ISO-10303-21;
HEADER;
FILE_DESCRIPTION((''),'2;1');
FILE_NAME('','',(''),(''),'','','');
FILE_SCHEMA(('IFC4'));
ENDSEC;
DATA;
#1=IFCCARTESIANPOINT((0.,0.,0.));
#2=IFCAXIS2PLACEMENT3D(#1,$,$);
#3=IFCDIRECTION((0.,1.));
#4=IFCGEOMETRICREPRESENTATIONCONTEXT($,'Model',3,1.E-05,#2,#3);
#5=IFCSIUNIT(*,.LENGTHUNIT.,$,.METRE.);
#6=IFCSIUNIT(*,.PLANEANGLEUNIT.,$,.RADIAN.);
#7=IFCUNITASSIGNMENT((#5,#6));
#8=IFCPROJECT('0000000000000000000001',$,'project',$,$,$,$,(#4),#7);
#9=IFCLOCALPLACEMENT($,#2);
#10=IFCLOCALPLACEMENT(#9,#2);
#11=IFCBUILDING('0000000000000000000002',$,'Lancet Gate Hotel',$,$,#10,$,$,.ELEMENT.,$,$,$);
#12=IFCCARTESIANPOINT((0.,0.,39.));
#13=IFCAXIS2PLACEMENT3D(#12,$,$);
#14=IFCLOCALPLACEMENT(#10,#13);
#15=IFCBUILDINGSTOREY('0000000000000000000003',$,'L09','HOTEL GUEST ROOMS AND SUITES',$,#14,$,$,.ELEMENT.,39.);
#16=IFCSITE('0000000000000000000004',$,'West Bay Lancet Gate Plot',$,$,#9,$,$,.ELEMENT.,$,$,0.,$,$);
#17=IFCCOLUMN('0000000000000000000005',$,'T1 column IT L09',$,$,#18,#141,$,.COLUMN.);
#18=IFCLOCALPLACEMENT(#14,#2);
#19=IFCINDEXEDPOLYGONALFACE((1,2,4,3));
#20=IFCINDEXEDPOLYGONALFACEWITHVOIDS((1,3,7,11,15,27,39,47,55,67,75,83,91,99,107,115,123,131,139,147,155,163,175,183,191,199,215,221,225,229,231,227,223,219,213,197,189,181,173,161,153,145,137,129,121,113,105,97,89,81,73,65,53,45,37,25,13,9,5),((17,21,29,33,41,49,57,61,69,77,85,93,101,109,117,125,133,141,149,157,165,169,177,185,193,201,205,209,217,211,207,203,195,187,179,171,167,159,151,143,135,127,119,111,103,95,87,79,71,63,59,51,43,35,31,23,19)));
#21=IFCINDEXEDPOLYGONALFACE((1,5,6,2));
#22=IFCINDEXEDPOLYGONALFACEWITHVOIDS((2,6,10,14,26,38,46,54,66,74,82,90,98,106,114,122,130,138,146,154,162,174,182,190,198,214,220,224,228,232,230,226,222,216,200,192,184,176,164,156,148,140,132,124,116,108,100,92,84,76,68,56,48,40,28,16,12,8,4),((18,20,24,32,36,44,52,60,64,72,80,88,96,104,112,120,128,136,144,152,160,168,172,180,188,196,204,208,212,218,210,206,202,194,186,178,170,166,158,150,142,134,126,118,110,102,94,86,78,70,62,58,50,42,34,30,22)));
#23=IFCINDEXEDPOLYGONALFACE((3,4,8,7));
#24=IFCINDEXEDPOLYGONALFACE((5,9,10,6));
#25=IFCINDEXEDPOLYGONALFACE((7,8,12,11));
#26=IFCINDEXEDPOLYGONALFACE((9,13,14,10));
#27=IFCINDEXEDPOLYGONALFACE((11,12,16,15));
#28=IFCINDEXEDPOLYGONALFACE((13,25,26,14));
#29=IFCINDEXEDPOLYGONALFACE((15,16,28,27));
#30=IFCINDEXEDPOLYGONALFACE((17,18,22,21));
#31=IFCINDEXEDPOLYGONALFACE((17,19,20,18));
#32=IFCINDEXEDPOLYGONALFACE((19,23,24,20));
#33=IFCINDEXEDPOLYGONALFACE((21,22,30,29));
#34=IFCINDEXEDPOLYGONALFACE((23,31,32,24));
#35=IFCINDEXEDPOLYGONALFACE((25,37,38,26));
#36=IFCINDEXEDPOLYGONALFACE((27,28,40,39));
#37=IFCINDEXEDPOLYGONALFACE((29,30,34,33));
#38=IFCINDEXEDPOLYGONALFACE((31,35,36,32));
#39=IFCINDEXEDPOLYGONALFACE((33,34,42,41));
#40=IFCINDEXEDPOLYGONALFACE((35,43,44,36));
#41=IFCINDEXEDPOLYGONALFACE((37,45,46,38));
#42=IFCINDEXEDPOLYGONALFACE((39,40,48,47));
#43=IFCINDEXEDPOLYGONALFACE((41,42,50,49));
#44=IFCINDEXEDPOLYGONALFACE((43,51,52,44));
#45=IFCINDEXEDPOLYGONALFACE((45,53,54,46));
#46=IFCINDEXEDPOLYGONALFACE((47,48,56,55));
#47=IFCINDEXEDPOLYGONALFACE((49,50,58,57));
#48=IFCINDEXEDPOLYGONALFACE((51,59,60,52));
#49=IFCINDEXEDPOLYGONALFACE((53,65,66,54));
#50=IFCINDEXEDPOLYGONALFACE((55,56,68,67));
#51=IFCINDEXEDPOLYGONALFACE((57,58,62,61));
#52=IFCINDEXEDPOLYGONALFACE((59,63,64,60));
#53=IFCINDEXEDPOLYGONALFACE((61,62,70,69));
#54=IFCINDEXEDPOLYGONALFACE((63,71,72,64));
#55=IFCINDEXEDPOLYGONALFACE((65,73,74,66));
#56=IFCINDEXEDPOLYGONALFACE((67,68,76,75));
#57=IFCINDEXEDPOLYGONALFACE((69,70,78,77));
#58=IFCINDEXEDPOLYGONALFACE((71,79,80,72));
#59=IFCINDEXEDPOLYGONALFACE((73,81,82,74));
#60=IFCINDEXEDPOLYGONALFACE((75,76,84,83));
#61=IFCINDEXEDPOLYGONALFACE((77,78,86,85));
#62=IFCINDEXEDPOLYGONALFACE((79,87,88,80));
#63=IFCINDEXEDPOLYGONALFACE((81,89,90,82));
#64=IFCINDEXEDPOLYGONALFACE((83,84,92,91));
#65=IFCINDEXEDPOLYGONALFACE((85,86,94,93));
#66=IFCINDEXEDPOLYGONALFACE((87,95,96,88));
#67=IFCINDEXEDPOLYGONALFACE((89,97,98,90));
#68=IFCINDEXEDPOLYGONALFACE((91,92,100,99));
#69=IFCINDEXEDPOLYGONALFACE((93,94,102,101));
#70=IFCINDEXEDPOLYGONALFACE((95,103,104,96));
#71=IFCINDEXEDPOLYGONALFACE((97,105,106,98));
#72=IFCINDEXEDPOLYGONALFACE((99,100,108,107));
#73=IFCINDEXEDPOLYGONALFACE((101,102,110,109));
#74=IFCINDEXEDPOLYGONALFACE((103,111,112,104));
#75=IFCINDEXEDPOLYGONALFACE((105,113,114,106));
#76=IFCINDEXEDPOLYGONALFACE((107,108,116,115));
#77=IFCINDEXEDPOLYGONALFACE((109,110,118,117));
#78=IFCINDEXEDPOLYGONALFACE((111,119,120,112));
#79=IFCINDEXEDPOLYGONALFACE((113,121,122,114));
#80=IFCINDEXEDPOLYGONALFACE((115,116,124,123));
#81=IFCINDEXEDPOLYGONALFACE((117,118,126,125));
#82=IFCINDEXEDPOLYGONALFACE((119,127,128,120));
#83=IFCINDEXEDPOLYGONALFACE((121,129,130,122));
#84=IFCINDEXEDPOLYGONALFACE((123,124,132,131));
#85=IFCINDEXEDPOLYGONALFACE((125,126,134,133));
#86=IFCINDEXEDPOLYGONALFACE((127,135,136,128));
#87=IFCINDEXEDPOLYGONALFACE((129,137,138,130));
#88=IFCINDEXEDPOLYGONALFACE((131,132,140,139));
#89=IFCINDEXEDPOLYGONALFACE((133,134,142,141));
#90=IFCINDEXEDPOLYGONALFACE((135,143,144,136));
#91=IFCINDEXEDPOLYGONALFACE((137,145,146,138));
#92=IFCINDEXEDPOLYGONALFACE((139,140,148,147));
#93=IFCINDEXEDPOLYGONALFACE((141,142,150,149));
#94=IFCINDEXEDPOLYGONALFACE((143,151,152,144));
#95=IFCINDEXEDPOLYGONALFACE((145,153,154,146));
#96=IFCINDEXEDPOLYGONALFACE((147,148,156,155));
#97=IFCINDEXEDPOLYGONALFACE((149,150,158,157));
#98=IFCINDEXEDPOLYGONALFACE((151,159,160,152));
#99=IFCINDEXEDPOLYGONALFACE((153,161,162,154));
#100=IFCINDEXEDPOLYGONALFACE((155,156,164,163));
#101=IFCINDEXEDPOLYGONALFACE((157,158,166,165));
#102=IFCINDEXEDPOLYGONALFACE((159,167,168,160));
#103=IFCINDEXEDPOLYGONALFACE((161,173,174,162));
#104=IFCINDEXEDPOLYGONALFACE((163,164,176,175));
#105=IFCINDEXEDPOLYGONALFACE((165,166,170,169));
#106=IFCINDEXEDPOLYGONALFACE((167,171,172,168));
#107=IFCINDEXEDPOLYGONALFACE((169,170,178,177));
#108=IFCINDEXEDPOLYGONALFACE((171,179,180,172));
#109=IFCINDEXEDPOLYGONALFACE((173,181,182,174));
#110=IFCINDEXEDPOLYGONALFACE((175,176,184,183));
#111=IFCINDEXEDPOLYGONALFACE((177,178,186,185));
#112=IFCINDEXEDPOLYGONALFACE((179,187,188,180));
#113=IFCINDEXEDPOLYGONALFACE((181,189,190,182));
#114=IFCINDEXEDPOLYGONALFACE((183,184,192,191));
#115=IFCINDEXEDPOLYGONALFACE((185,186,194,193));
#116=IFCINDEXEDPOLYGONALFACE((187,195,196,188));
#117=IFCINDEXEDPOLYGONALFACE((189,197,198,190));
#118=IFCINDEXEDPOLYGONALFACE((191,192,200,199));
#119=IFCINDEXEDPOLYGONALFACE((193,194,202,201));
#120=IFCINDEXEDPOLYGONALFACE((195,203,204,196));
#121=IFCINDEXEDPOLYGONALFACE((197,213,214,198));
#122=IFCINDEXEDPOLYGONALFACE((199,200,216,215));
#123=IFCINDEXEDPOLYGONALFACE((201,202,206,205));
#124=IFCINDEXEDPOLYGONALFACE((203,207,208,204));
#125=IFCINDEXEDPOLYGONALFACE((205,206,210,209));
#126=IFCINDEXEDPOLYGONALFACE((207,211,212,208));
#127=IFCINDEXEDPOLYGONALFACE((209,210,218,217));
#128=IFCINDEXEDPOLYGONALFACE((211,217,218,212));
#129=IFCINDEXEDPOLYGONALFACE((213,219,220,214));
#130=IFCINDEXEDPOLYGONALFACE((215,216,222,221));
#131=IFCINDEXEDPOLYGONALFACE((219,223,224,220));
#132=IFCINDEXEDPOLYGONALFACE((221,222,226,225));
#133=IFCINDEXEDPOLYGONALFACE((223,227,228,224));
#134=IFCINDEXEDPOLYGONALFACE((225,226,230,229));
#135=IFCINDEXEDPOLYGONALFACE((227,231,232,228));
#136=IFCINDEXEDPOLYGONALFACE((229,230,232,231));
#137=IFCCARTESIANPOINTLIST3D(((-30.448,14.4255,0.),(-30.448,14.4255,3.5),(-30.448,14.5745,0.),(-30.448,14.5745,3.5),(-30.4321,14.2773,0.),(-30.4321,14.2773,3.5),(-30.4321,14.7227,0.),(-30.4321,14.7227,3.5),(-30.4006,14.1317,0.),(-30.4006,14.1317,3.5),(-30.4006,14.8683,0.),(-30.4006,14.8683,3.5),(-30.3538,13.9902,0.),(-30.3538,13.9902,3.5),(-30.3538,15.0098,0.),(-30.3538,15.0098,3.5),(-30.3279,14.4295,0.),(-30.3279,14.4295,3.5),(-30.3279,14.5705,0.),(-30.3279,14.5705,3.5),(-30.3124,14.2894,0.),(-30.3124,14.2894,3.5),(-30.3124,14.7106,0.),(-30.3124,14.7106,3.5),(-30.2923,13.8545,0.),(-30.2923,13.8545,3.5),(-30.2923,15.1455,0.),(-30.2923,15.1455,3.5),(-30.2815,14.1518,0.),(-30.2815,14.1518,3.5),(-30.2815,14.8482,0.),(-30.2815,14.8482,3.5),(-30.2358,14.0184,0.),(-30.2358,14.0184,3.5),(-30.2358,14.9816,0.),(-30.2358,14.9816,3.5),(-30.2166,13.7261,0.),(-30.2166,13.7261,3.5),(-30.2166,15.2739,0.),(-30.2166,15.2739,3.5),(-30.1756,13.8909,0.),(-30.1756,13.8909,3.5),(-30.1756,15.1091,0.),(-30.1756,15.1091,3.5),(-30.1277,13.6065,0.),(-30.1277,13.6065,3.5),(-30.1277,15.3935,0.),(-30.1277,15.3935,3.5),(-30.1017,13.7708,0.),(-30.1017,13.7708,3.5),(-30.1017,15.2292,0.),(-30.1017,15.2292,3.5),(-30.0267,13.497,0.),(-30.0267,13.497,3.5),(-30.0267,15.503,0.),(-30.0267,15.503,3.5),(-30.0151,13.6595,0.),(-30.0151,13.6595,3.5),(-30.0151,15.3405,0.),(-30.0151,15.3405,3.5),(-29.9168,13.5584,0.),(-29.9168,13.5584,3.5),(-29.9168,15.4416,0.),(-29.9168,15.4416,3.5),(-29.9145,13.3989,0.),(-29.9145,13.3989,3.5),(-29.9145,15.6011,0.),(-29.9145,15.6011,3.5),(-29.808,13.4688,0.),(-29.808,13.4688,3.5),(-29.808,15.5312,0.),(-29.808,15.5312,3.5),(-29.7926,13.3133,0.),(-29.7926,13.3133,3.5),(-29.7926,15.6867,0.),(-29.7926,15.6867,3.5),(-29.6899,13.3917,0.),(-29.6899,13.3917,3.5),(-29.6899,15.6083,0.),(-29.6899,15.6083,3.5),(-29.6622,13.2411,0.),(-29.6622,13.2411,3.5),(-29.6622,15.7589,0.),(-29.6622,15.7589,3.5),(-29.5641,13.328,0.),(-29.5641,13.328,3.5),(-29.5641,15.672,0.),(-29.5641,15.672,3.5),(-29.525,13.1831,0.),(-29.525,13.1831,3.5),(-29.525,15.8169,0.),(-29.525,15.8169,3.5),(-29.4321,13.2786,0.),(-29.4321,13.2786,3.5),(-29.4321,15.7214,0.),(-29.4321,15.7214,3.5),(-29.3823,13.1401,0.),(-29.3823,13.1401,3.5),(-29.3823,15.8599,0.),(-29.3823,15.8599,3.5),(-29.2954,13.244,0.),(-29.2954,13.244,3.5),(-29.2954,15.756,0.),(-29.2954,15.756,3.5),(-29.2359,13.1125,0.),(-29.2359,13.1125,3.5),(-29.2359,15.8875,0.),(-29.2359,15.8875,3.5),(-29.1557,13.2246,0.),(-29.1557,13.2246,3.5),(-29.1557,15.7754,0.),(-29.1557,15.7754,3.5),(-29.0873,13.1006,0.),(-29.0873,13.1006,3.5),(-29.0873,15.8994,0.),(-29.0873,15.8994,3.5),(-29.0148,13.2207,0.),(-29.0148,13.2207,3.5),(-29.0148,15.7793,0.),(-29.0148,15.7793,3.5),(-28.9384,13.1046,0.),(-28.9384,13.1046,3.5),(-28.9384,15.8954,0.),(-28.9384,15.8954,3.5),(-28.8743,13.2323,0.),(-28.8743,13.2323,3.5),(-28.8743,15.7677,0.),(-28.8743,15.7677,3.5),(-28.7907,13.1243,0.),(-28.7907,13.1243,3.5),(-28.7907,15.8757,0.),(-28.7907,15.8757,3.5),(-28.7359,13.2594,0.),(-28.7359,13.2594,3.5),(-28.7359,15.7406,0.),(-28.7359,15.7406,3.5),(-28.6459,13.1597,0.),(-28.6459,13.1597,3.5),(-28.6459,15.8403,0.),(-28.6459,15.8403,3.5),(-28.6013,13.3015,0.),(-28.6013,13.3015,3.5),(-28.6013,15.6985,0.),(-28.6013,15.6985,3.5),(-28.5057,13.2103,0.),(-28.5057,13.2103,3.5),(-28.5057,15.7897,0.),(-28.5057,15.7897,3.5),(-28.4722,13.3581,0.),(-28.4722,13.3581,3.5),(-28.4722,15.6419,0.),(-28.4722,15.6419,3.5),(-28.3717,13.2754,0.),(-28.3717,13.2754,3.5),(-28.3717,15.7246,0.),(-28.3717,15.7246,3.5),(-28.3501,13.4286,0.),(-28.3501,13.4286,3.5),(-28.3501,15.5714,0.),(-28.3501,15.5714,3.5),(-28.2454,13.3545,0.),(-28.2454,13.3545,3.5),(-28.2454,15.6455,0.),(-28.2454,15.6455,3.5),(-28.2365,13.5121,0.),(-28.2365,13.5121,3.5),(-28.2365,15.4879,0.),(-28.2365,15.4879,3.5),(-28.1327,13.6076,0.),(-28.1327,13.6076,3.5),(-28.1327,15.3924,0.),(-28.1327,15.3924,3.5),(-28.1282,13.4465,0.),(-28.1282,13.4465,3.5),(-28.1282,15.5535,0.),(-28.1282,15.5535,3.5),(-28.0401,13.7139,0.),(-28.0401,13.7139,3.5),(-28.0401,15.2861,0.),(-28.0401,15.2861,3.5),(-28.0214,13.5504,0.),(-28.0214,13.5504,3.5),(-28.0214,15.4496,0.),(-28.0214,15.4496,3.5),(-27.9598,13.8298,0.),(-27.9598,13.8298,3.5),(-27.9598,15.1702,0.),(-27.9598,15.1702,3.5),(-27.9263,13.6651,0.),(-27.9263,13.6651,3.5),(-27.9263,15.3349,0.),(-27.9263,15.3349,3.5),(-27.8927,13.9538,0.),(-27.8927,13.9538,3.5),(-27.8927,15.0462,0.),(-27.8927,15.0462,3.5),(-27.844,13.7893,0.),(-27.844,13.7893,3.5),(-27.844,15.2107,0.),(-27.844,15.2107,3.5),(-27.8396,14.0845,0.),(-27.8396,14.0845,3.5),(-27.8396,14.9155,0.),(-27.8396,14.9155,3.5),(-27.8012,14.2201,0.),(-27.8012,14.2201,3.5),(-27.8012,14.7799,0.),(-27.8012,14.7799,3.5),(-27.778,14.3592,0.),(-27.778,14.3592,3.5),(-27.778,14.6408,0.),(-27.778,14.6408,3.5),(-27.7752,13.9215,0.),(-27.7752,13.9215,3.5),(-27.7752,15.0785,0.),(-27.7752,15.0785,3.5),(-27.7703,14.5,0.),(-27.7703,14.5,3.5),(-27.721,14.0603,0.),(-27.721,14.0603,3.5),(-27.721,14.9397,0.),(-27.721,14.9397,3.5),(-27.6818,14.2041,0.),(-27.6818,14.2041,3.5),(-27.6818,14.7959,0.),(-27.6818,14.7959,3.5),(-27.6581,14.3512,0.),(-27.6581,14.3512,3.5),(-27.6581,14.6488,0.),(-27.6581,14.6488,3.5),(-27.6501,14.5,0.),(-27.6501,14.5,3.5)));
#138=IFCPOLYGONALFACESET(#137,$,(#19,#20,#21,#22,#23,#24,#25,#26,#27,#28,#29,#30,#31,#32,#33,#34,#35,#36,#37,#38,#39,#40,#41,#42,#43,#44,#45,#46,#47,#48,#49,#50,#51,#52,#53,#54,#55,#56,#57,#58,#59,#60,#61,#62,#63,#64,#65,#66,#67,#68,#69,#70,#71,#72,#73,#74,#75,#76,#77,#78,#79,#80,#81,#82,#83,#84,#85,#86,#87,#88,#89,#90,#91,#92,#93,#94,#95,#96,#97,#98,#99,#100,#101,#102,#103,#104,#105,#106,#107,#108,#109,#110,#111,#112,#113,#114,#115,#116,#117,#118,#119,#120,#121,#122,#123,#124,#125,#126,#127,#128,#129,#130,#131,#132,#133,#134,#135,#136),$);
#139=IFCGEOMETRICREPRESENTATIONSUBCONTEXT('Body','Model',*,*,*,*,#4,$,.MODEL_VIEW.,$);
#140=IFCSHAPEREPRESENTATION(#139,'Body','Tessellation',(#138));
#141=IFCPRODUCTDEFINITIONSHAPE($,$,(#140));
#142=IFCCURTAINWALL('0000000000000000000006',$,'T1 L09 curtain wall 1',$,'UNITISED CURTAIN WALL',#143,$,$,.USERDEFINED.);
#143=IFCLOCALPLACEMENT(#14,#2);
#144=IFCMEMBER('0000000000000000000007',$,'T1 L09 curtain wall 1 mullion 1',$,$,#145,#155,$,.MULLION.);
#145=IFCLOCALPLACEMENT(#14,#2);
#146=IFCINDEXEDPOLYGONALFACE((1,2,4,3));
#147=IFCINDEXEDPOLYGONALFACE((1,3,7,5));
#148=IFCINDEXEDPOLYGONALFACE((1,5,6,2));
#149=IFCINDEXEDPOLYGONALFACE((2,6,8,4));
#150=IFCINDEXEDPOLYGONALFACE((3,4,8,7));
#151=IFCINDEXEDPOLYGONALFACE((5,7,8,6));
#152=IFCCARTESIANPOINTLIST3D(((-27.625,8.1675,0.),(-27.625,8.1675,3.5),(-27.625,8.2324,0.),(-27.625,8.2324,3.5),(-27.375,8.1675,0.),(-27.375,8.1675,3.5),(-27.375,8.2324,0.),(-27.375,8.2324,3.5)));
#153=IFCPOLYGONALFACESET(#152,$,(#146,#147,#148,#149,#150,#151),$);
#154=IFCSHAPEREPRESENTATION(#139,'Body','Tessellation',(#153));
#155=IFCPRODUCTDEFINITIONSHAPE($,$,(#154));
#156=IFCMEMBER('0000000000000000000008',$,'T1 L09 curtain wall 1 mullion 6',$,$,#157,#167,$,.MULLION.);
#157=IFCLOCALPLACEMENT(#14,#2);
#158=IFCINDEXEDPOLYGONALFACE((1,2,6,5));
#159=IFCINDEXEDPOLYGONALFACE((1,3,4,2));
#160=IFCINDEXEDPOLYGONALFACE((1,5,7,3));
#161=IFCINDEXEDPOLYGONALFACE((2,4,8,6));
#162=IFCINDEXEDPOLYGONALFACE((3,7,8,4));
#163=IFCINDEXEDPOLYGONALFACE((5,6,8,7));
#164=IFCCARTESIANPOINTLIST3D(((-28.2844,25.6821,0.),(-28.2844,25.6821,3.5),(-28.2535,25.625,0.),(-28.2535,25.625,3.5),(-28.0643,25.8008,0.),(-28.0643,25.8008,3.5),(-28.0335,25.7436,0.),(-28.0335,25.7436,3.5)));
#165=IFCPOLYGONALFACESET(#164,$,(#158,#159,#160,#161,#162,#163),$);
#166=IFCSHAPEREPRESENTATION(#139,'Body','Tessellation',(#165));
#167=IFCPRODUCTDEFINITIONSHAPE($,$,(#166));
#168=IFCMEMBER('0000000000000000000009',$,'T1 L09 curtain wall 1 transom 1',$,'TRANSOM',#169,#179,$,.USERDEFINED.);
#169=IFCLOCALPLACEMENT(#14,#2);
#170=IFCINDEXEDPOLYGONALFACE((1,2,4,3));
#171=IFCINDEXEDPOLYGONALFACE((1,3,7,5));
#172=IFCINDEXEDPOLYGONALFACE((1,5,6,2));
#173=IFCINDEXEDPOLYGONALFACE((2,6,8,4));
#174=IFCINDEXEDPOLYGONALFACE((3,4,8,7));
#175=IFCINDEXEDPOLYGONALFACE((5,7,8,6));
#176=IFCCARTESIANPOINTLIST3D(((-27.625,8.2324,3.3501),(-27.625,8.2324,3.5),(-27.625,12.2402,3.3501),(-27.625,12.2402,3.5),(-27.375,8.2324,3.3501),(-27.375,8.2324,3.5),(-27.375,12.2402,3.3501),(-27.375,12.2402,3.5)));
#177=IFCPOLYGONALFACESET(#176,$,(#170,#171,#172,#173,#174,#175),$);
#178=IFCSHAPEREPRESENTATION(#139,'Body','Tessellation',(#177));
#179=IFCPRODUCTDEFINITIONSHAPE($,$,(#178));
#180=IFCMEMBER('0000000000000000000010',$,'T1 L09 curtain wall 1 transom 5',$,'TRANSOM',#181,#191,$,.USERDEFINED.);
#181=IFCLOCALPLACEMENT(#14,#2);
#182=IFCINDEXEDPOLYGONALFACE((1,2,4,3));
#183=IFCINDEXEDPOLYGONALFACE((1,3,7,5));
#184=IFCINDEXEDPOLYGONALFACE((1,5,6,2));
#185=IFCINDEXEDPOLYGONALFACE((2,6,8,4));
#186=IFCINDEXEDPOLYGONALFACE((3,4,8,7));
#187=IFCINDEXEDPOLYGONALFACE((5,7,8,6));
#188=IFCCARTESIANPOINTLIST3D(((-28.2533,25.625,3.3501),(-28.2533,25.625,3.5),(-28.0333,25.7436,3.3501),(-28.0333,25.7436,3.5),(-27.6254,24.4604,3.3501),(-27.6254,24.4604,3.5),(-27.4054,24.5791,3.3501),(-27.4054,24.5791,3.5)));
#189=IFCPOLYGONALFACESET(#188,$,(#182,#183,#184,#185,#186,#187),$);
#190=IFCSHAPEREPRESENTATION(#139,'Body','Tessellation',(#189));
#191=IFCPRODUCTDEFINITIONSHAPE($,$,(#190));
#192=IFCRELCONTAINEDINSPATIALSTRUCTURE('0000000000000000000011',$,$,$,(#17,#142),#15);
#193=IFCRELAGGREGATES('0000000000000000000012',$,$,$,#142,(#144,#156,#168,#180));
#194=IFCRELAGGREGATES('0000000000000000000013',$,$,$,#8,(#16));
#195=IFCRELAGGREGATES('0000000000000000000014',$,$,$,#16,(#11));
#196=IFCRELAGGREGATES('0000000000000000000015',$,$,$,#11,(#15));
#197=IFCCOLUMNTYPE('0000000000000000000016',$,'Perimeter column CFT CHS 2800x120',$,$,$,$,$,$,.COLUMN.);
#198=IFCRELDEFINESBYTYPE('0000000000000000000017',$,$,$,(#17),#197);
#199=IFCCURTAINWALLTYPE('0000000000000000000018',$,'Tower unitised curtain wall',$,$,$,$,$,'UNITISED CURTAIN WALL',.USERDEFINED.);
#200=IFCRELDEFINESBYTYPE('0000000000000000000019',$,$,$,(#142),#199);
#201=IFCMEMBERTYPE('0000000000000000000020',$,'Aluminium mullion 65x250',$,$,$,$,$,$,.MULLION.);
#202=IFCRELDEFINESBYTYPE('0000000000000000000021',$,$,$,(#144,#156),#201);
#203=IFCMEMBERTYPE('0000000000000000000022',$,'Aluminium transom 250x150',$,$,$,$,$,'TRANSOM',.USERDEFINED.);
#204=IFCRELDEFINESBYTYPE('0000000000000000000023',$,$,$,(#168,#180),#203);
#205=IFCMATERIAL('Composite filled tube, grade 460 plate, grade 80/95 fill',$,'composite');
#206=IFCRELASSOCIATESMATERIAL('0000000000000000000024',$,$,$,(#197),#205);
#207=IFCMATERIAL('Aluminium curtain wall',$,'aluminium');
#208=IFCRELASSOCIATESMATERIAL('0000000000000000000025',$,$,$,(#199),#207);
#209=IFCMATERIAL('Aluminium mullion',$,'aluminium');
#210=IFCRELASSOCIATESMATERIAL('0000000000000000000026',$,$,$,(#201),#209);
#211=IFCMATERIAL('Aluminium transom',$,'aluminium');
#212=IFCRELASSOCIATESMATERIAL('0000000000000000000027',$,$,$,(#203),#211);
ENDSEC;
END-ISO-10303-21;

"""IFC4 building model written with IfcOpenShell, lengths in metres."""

from ifc_helpers import new_model, si_unit, direction, frame, origin, origin_2d, place, context, subcontext, project, spatial, rectangle, hollow_circle, extrude, material, material_profile, profile_set, type_object, element, aggregate, save


model = new_model("IFC4")

# Units and contexts
model_context = context("Model", 3, precision=1e-05, world=origin(), true_north=direction((0.0, 1.0)))
body_context = subcontext(model_context, "Body", "Model", "MODEL_VIEW")
ifc_project = project(units=[si_unit("LENGTHUNIT", "METRE"), si_unit("PLANEANGLEUNIT", "RADIAN")], contexts=[model_context])

# Site, building, storey
site_placement = place(None, origin())
site = spatial("IfcSite", under=ifc_project, at=site_placement, Name="West Bay Lancet Gate Plot", CompositionType="ELEMENT", RefElevation=0.0)
building_placement = place(site_placement, origin())
building = spatial("IfcBuilding", under=site, at=building_placement, Name="Lancet Gate Hotel", CompositionType="ELEMENT")
storey_placement = place(building_placement, frame((0.0, 0.0, 39.0)))
storey = spatial("IfcBuildingStorey", under=building, at=storey_placement, Name="L09", Description="HOTEL GUEST ROOMS AND SUITES", CompositionType="ELEMENT", Elevation=39.0)

# Column
ifc_material_1 = material(Name="Composite filled tube, grade 460 plate, grade 80/95 fill", Category="composite")
ifc_material_profile_1 = material_profile(ifc_material_1, hollow_circle(Radius=1.3999, WallThickness=0.1201, at=origin_2d()), Name="CHS 2800x120")
ifc_profile_set_1 = profile_set([ifc_material_profile_1], Name="Composite filled tube, grade 460 plate, grade 80/95 fill")
column_type = type_object("IfcColumnType", Name="Perimeter column CFT CHS 2800x120", PredefinedType="COLUMN", material=ifc_profile_set_1)
for number, where, z_axis, x_axis, name in (
    (1, (-29.05, 14.5, 0.0), (0.0, 0.0, 1.0), (1.0, 0.0, 0.0), "T1 column IT L09"),
):
    element("IfcColumn", number, at=place(storey_placement, frame(where, z_axis=z_axis, x_axis=x_axis)), inside=storey, type_object=column_type, Name=name, PredefinedType="COLUMN", context=body_context, shape_type="SweptSolid", body=[
        extrude(hollow_circle(Radius=1.3999, WallThickness=0.1201, at=origin_2d()), origin(), (0.0, 0.0, 1.0), 3.5),
    ])

# Curtain wall, members
ifc_material_2 = material(Name="Aluminium curtain wall", Category="aluminium")
curtain_wall_type = type_object("IfcCurtainWallType", Name="Tower unitised curtain wall", ElementType="UNITISED CURTAIN WALL", PredefinedType="USERDEFINED", material=ifc_material_2)
curtain_wall_placement = place(storey_placement, origin())
curtain_wall = element("IfcCurtainWall", 2, at=curtain_wall_placement, inside=storey, type_object=curtain_wall_type, Name="T1 L09 curtain wall 1", ObjectType="UNITISED CURTAIN WALL", PredefinedType="USERDEFINED")
ifc_material_3 = material(Name="Aluminium mullion", Category="aluminium")
ifc_material_profile_2 = material_profile(ifc_material_3, rectangle(XDim=0.0649, YDim=0.25, at=origin_2d()), Name="MULLION 65x250")
ifc_profile_set_2 = profile_set([ifc_material_profile_2], Name="Aluminium mullion")
member_type_1 = type_object("IfcMemberType", Name="Aluminium mullion 65x250", PredefinedType="MULLION", material=ifc_profile_set_2)
member_1_placement = place(storey_placement, frame((-27.5, 8.2, 0.0), z_axis=(0.0, 0.0, 1.0), x_axis=(0.0, 1.0, 0.0)))
member_1 = element("IfcMember", 3, at=member_1_placement, type_object=member_type_1, Name="T1 L09 curtain wall 1 mullion 1", PredefinedType="MULLION", context=body_context, shape_type="SweptSolid", body=[
    extrude(rectangle(XDim=0.0649, YDim=0.25, at=origin_2d()), origin(), (0.0, 0.0, 1.0), 3.5),
])
member_2_placement = place(storey_placement, frame((-28.1589, 25.7129, 0.0), z_axis=(0.0, 0.0, 1.0), x_axis=(-0.474631, 0.880185, 0.0)))
member_2 = element("IfcMember", 4, at=member_2_placement, type_object=member_type_1, Name="T1 L09 curtain wall 1 mullion 6", PredefinedType="MULLION", context=body_context, shape_type="SweptSolid", body=[
    extrude(rectangle(XDim=0.0649, YDim=0.25, at=origin_2d()), origin(), (0.0, 0.0, 1.0), 3.5),
])
ifc_material_4 = material(Name="Aluminium transom", Category="aluminium")
ifc_material_profile_3 = material_profile(ifc_material_4, rectangle(XDim=0.25, YDim=0.1499, at=origin_2d()), Name="TRANSOM 250x150")
ifc_profile_set_3 = profile_set([ifc_material_profile_3], Name="Aluminium transom")
member_type_2 = type_object("IfcMemberType", Name="Aluminium transom 250x150", ElementType="TRANSOM", PredefinedType="USERDEFINED", material=ifc_profile_set_3)
member_3_placement = place(storey_placement, frame((-27.5, 8.2324, 3.425), z_axis=(0.0, 1.0, 0.0), x_axis=(-1.0, 0.0, 0.0)))
member_3 = element("IfcMember", 5, at=member_3_placement, type_object=member_type_2, Name="T1 L09 curtain wall 1 transom 1", ObjectType="TRANSOM", PredefinedType="USERDEFINED", context=body_context, shape_type="SweptSolid", body=[
    extrude(rectangle(XDim=0.25, YDim=0.1499, at=origin_2d()), origin(), (0.0, 0.0, 1.0), 4.0078),
])
member_4_placement = place(storey_placement, frame((-27.5154, 24.5198, 3.425), z_axis=(-0.474606, 0.880198, 0.0), x_axis=(-0.880198, -0.474606, 0.0)))
member_4 = element("IfcMember", 6, at=member_4_placement, type_object=member_type_2, Name="T1 L09 curtain wall 1 transom 5", ObjectType="TRANSOM", PredefinedType="USERDEFINED", context=body_context, shape_type="SweptSolid", body=[
    extrude(rectangle(XDim=0.25, YDim=0.1499, at=origin_2d()), origin(), (0.0, 0.0, 1.0), 1.323),
])

aggregate(curtain_wall, [member_1, member_2, member_3, member_4])

save(model, "model.ifc")
